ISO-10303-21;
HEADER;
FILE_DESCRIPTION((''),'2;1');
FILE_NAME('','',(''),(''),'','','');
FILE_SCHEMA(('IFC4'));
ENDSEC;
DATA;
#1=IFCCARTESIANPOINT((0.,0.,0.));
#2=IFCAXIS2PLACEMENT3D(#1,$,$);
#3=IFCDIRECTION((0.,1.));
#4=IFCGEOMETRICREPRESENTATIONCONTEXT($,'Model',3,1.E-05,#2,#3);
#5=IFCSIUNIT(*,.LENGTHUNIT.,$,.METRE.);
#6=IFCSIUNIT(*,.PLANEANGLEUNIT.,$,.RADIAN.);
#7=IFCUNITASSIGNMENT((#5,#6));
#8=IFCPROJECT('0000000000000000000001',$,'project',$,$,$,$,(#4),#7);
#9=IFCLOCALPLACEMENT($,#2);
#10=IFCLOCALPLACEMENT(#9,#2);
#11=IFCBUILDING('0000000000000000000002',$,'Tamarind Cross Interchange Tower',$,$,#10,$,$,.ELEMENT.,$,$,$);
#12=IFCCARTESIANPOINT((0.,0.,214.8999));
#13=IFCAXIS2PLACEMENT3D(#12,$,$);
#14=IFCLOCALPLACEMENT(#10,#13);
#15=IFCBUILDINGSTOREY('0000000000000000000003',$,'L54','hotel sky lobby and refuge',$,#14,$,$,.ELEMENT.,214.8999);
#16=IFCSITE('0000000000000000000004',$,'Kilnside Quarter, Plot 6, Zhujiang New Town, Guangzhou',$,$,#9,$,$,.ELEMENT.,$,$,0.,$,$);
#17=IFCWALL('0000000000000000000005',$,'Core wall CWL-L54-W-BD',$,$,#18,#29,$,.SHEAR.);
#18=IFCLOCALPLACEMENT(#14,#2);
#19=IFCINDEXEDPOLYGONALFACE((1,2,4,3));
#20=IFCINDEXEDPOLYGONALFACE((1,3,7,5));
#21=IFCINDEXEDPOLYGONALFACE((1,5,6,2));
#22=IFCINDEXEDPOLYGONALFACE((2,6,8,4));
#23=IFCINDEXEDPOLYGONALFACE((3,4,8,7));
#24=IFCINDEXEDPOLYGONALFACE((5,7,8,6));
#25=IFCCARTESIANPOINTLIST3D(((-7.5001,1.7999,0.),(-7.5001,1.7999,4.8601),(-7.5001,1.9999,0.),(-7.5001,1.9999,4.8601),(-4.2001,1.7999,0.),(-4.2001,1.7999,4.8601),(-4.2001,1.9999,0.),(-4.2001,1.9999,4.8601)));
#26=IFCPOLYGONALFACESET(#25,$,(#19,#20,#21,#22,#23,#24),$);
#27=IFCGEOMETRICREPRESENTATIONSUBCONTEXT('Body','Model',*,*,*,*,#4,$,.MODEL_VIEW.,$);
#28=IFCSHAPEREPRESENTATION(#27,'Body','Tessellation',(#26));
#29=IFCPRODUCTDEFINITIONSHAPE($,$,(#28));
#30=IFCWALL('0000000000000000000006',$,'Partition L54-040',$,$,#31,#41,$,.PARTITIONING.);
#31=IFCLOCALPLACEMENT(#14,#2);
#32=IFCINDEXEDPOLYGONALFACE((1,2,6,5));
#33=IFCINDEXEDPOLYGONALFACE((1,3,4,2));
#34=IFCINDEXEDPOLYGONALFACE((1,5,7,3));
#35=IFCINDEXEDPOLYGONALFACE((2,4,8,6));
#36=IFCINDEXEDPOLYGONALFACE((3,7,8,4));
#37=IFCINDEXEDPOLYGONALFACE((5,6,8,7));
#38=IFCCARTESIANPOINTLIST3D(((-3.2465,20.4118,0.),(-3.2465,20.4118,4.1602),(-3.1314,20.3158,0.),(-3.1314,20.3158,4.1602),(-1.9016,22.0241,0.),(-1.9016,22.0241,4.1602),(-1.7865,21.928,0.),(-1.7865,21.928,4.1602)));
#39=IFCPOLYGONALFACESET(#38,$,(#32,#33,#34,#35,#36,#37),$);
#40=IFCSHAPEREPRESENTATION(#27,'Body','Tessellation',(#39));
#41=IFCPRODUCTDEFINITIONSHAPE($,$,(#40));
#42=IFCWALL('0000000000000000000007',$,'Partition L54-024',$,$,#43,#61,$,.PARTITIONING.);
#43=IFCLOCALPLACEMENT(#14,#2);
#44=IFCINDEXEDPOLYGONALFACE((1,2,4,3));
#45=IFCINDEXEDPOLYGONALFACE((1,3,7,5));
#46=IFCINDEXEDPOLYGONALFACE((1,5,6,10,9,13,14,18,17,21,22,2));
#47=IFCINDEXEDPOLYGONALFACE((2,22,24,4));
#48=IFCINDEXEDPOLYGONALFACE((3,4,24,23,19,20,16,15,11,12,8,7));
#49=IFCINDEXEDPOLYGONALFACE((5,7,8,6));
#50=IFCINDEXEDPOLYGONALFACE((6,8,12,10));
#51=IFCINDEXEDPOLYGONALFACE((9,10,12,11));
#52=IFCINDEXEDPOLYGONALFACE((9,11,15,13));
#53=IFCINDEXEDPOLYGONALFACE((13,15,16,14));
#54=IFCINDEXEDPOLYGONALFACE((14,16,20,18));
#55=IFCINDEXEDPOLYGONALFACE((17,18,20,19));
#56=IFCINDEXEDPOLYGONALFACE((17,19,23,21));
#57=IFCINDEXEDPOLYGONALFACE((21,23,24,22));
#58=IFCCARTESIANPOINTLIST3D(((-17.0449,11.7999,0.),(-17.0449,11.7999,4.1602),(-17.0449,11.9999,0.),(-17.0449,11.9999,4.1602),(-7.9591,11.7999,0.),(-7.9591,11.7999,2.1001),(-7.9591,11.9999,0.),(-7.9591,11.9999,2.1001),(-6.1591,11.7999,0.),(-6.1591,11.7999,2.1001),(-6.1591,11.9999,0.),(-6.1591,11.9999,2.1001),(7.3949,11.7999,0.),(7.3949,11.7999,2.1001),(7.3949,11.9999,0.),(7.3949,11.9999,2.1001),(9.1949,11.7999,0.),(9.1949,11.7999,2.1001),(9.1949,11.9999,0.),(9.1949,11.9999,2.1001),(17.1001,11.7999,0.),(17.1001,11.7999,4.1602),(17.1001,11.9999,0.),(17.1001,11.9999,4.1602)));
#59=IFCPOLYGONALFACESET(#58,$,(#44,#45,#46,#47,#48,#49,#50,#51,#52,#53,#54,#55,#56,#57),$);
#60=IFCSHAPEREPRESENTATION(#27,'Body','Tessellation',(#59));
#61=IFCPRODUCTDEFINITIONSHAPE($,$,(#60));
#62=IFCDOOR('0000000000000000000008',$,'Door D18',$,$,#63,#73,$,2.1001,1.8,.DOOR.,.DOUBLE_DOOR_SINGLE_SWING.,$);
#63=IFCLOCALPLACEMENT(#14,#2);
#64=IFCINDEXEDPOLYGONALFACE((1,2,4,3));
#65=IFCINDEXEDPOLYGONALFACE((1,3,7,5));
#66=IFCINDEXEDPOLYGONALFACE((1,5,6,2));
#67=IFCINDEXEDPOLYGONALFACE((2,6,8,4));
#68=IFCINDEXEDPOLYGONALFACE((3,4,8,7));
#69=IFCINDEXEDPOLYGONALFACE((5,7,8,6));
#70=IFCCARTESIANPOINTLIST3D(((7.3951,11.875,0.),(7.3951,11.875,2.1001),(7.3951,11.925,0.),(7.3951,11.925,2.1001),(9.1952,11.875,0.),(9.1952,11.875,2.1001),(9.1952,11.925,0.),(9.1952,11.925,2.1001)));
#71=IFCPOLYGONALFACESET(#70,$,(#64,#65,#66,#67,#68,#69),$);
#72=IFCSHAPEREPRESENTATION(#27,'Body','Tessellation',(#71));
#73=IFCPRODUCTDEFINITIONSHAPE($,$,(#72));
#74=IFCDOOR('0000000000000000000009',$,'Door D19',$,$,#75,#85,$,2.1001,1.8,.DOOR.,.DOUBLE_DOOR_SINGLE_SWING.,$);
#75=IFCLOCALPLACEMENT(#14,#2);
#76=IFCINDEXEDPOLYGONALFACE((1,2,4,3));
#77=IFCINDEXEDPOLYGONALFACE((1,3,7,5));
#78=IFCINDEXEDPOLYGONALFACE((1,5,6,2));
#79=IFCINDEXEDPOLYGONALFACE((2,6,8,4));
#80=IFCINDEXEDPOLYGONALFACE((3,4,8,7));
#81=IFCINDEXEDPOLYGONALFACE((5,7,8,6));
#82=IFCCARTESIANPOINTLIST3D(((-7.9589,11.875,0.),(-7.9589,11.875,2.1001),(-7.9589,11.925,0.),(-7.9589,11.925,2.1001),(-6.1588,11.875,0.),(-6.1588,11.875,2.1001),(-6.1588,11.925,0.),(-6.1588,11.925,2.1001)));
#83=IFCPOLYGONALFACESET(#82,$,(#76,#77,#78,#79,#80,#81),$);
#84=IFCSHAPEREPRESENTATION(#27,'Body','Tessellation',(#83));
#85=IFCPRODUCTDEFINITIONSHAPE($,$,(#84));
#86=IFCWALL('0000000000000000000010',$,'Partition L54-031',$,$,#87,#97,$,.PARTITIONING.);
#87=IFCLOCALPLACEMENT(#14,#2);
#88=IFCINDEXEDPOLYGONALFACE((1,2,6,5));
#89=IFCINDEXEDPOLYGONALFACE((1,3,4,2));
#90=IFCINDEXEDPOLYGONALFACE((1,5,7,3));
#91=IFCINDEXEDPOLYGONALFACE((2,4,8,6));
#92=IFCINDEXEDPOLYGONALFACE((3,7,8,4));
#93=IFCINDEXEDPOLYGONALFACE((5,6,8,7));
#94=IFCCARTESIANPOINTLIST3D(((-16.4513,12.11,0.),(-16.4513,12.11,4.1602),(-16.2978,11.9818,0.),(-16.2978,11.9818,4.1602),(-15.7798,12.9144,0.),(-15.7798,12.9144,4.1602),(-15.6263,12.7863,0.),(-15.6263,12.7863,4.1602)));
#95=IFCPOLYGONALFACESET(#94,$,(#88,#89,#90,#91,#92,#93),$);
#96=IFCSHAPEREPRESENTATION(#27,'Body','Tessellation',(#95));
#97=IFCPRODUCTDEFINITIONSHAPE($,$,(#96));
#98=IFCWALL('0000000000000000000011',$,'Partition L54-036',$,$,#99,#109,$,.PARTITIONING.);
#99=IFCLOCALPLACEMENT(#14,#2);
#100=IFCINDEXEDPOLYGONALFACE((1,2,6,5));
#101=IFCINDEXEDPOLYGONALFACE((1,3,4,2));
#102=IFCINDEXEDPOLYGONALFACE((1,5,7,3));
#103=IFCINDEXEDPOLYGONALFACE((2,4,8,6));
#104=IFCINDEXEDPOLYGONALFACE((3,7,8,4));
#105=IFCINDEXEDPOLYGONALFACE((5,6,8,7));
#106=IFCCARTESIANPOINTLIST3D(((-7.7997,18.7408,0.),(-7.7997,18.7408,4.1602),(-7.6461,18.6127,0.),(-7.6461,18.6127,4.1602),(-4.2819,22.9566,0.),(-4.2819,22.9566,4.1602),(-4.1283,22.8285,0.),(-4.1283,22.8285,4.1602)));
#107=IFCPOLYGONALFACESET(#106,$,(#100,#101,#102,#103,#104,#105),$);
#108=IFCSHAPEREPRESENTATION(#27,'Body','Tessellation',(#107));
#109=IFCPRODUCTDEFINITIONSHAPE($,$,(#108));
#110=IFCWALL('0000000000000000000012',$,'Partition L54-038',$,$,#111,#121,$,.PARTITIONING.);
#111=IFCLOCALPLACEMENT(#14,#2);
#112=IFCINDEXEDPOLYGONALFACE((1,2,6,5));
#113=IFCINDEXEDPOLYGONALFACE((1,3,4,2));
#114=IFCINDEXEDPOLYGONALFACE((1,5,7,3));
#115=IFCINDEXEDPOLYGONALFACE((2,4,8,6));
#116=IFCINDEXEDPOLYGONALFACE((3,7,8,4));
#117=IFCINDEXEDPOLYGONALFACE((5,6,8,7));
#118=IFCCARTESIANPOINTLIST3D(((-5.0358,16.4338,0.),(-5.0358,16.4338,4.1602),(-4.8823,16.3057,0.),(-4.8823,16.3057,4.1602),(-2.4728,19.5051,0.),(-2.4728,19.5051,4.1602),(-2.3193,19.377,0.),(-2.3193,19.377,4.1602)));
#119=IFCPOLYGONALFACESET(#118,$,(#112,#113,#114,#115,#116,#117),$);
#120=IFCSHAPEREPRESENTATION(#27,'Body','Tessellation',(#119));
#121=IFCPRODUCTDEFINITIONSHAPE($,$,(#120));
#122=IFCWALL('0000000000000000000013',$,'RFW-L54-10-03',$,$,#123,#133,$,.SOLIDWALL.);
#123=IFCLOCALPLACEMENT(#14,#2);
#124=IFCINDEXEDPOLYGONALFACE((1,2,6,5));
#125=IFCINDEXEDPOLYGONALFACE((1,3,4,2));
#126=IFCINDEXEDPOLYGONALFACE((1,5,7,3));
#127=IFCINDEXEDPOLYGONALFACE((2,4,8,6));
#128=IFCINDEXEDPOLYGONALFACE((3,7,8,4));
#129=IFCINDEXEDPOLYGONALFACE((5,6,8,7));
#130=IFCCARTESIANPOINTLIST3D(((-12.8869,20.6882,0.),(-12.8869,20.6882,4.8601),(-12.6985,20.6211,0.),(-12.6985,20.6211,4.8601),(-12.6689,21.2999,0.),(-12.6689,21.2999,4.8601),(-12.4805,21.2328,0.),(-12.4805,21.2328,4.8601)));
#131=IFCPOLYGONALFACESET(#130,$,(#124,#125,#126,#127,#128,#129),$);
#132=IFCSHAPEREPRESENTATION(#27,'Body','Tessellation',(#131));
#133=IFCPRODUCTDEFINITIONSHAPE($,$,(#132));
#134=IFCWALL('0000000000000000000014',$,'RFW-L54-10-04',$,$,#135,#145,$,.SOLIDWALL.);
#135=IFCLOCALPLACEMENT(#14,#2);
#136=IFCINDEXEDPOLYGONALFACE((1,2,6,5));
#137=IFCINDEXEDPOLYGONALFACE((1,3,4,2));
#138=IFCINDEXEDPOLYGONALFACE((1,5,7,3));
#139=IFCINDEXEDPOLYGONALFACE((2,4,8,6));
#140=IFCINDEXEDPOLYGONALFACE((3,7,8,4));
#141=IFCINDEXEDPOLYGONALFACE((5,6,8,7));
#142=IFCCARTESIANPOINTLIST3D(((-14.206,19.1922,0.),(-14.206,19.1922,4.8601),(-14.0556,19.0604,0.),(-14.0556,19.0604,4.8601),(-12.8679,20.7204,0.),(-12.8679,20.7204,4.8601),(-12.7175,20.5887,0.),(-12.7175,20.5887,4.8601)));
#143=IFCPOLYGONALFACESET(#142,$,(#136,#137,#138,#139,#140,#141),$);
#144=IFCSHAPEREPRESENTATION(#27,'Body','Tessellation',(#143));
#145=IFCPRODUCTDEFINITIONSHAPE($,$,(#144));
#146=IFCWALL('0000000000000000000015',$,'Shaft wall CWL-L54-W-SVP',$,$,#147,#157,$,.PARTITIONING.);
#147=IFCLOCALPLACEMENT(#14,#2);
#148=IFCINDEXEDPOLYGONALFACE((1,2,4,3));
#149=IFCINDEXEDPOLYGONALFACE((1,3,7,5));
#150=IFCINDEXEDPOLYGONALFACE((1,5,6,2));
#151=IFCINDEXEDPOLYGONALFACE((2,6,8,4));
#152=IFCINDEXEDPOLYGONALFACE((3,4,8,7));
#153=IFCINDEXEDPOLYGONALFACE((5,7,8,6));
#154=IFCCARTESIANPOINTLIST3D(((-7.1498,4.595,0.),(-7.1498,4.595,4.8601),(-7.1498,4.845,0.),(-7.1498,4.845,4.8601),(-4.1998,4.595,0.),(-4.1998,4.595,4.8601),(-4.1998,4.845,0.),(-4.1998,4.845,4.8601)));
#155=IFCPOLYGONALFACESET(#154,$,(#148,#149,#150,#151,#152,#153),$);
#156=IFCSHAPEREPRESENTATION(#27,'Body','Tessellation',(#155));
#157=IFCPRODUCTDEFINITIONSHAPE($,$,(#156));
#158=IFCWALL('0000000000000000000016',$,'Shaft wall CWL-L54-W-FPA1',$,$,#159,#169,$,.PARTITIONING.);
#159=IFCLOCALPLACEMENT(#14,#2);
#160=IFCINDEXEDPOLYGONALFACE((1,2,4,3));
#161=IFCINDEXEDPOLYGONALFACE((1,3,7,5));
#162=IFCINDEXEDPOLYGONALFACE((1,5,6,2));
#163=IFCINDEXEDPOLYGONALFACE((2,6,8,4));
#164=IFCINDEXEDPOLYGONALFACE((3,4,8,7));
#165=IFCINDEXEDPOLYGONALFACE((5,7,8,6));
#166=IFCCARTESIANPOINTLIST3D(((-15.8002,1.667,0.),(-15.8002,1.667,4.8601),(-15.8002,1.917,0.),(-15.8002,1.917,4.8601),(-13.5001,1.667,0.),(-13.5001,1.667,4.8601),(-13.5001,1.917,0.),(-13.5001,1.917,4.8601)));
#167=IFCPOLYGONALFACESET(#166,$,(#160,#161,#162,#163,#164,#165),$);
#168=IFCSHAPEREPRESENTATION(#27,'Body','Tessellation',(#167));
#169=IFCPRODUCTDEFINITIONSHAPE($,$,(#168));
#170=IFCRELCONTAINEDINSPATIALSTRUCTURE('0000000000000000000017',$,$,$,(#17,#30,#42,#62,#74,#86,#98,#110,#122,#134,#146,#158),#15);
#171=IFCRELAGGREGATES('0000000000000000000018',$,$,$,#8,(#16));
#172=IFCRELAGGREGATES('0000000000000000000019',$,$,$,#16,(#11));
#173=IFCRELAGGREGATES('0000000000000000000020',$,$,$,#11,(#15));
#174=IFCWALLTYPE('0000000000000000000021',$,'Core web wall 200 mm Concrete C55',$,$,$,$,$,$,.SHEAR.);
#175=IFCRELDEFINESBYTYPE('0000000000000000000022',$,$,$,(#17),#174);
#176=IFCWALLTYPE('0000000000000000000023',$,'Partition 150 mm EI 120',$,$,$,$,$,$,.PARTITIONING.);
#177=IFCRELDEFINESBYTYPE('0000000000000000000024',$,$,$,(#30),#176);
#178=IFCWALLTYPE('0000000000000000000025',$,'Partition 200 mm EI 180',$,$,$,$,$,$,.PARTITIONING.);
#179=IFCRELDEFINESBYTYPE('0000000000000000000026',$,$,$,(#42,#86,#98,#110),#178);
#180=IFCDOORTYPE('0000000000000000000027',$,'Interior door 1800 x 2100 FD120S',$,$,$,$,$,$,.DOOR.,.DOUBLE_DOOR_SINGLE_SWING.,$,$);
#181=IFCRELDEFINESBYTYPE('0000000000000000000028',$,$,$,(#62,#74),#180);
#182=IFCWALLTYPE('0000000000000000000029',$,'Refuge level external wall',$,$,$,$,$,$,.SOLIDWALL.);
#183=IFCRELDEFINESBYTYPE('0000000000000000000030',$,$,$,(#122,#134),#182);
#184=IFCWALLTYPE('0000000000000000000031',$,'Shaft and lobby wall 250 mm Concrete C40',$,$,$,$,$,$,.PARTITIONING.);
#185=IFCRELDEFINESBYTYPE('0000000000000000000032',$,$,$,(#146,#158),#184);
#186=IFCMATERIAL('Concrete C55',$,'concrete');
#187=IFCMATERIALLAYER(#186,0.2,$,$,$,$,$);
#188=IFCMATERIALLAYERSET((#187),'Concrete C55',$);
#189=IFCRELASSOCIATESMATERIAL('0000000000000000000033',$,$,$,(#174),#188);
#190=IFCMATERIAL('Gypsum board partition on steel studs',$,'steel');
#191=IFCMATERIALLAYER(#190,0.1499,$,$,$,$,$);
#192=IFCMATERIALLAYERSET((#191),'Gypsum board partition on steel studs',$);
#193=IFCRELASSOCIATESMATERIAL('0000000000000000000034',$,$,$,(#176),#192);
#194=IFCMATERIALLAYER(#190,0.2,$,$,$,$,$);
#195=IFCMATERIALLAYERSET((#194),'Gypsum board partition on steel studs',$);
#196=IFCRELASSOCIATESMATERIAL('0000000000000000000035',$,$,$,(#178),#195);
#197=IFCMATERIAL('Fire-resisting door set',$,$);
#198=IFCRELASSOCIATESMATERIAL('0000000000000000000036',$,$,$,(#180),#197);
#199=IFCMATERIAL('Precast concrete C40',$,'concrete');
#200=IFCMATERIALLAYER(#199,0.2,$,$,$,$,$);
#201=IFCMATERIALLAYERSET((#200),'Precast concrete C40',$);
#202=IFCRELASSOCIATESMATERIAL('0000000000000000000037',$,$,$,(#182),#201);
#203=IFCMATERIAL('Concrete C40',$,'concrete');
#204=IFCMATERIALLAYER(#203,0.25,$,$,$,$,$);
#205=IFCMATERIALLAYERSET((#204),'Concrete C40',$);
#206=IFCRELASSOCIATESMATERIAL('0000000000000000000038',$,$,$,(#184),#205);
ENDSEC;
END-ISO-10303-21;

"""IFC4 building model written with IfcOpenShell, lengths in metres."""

from ifc_helpers import new_model, si_unit, direction, frame, frame_2d, origin, place, context, subcontext, project, spatial, rectangle, extrude, material, layer, layer_set, type_object, element, fill, save


model = new_model("IFC4")

# Units and contexts
model_context = context("Model", 3, precision=1e-05, world=origin(), true_north=direction((0.0, 1.0)))
body_context = subcontext(model_context, "Body", "Model", "MODEL_VIEW")
ifc_project = project(units=[si_unit("LENGTHUNIT", "METRE"), si_unit("PLANEANGLEUNIT", "RADIAN")], contexts=[model_context])

# Site, building, storey
site_placement = place(None, origin())
site = spatial("IfcSite", under=ifc_project, at=site_placement, Name="Kilnside Quarter, Plot 6, Zhujiang New Town, Guangzhou", CompositionType="ELEMENT", RefElevation=0.0)
building_placement = place(site_placement, origin())
building = spatial("IfcBuilding", under=site, at=building_placement, Name="Tamarind Cross Interchange Tower", CompositionType="ELEMENT")
storey_placement = place(building_placement, frame((0.0, 0.0, 214.8999)))
storey = spatial("IfcBuildingStorey", under=building, at=storey_placement, Name="L54", Description="hotel sky lobby and refuge", CompositionType="ELEMENT", Elevation=214.8999)

# Shared definitions
ifc_material_1 = material(Name="Concrete C55", Category="concrete")

# Walls
ifc_layer_1 = layer(ifc_material_1, 0.2)
ifc_layer_set_1 = layer_set([ifc_layer_1], Name="Concrete C55")
wall_type_1 = type_object("IfcWallType", Name="Core web wall 200 mm Concrete C55", PredefinedType="SHEAR", material=ifc_layer_set_1)
wall_1_placement = place(storey_placement, frame((-7.5, 1.8999, 0.0), z_axis=(0.0, 0.0, 1.0), x_axis=(1.0, 0.0, 0.0)))
element("IfcWall", 1, at=wall_1_placement, inside=storey, type_object=wall_type_1, Name="Core wall CWL-L54-W-BD", PredefinedType="SHEAR", context=body_context, shape_type="SweptSolid", body=[
    extrude(rectangle(XDim=3.3, YDim=0.2, at=frame_2d((1.6499, 0.0))), origin(), (0.0, 0.0, 1.0), 4.8601),
])
ifc_material_2 = material(Name="Gypsum board partition on steel studs", Category="steel")
ifc_layer_2 = layer(ifc_material_2, 0.1499)
ifc_layer_set_2 = layer_set([ifc_layer_2], Name="Gypsum board partition on steel studs")
wall_type_2 = type_object("IfcWallType", Name="Partition 150 mm EI 120", PredefinedType="PARTITIONING", material=ifc_layer_set_2)
wall_2_placement = place(storey_placement, frame((-3.189, 20.3638, 0.0), z_axis=(0.0, 0.0, 1.0), x_axis=(0.640573, 0.767897, 0.0)))
element("IfcWall", 2, at=wall_2_placement, inside=storey, type_object=wall_type_2, Name="Partition L54-040", PredefinedType="PARTITIONING", context=body_context, shape_type="SweptSolid", body=[
    extrude(rectangle(XDim=2.0996, YDim=0.1499, at=frame_2d((1.0498, 0.0))), origin(), (0.0, 0.0, 1.0), 4.1602),
])

# Wall, openings, doors
ifc_layer_3 = layer(ifc_material_2, 0.2)
ifc_layer_set_3 = layer_set([ifc_layer_3], Name="Gypsum board partition on steel studs")
wall_type_3 = type_object("IfcWallType", Name="Partition 200 mm EI 180", PredefinedType="PARTITIONING", material=ifc_layer_set_3)
wall_3_placement = place(storey_placement, frame((-17.0449, 11.8999, 0.0), z_axis=(0.0, 0.0, 1.0), x_axis=(1.0, 0.0, 0.0)))
wall_3 = element("IfcWall", 3, at=wall_3_placement, inside=storey, type_object=wall_type_3, Name="Partition L54-024", PredefinedType="PARTITIONING", context=body_context, shape_type="SweptSolid", body=[
    extrude(rectangle(XDim=34.145, YDim=0.2, at=frame_2d((17.0725, 0.0))), origin(), (0.0, 0.0, 1.0), 4.1602),
])
opening_1_placement = place(wall_3_placement, frame((24.4399, 0.0, 0.0)))
opening_1 = element("IfcOpeningElement", 4, at=opening_1_placement, cuts=wall_3, PredefinedType="OPENING", context=body_context, shape_type="SweptSolid", body=[
    extrude(rectangle(XDim=1.8, YDim=2.1001, at=frame_2d((0.8999, 1.05))), frame((0.0, 0.1099, 0.0), z_axis=(0.0, -1.0, 0.0), x_axis=(1.0, 0.0, 0.0)), (0.0, 0.0, 1.0), 0.22),
])
opening_2_placement = place(wall_3_placement, frame((9.0859, 0.0, 0.0)))
opening_2 = element("IfcOpeningElement", 5, at=opening_2_placement, cuts=wall_3, PredefinedType="OPENING", context=body_context, shape_type="SweptSolid", body=[
    extrude(rectangle(XDim=1.8, YDim=2.1001, at=frame_2d((0.8999, 1.05))), frame((0.0, 0.1099, 0.0), z_axis=(0.0, -1.0, 0.0), x_axis=(1.0, 0.0, 0.0)), (0.0, 0.0, 1.0), 0.22),
])
ifc_material_3 = material(Name="Fire-resisting door set")
door_type_1 = type_object("IfcDoorType", Name="Interior door 1800 x 2100 FD120S", OperationType="DOUBLE_DOOR_SINGLE_SWING", PredefinedType="DOOR", material=ifc_material_3)
door_1_placement = place(opening_1_placement, frame((1.8, 0.0, 0.0), z_axis=(0.0, 0.0, 1.0), x_axis=(-1.0, 0.0, 0.0)))
door_1 = element("IfcDoor", 6, at=door_1_placement, inside=storey, type_object=door_type_1, Name="Door D18", OperationType="DOUBLE_DOOR_SINGLE_SWING", OverallHeight=2.1001, OverallWidth=1.8, PredefinedType="DOOR", context=body_context, shape_type="SweptSolid", body=[
    extrude(rectangle(XDim=1.8, YDim=2.1001, at=frame_2d((0.8999, 1.05))), frame((0.0, 0.0249, 0.0), z_axis=(0.0, -1.0, 0.0), x_axis=(1.0, 0.0, 0.0)), (0.0, 0.0, 1.0), 0.05),
])
fill(opening_1, door_1)
door_2_placement = place(opening_2_placement, frame((1.8, 0.0, 0.0), z_axis=(0.0, 0.0, 1.0), x_axis=(-1.0, 0.0, 0.0)))
door_2 = element("IfcDoor", 7, at=door_2_placement, inside=storey, type_object=door_type_1, Name="Door D19", OperationType="DOUBLE_DOOR_SINGLE_SWING", OverallHeight=2.1001, OverallWidth=1.8, PredefinedType="DOOR", context=body_context, shape_type="SweptSolid", body=[
    extrude(rectangle(XDim=1.8, YDim=2.1001, at=frame_2d((0.8999, 1.05))), frame((0.0, 0.0249, 0.0), z_axis=(0.0, -1.0, 0.0), x_axis=(1.0, 0.0, 0.0)), (0.0, 0.0, 1.0), 0.05),
])
fill(opening_2, door_2)

# Walls
wall_4_placement = place(storey_placement, frame((-16.3745, 12.0459, 0.0), z_axis=(0.0, 0.0, 1.0), x_axis=(0.640757, 0.767744, 0.0)))
element("IfcWall", 8, at=wall_4_placement, inside=storey, type_object=wall_type_3, Name="Partition L54-031", PredefinedType="PARTITIONING", context=body_context, shape_type="SweptSolid", body=[
    extrude(rectangle(XDim=1.0479, YDim=0.2, at=frame_2d((0.5239, 0.0))), origin(), (0.0, 0.0, 1.0), 4.1602),
])
wall_5_placement = place(storey_placement, frame((-7.7229, 18.6768, 0.0), z_axis=(0.0, 0.0, 1.0), x_axis=(0.640683, 0.767806, 0.0)))
element("IfcWall", 9, at=wall_5_placement, inside=storey, type_object=wall_type_3, Name="Partition L54-036", PredefinedType="PARTITIONING", context=body_context, shape_type="SweptSolid", body=[
    extrude(rectangle(XDim=5.4907, YDim=0.2, at=frame_2d((2.7454, 0.0))), origin(), (0.0, 0.0, 1.0), 4.1602),
])
wall_6_placement = place(storey_placement, frame((-4.959, 16.3699, 0.0), z_axis=(0.0, 0.0, 1.0), x_axis=(0.640713, 0.767781, 0.0)))
element("IfcWall", 10, at=wall_6_placement, inside=storey, type_object=wall_type_3, Name="Partition L54-038", PredefinedType="PARTITIONING", context=body_context, shape_type="SweptSolid", body=[
    extrude(rectangle(XDim=4.0002, YDim=0.2, at=frame_2d((2.0, 0.0))), origin(), (0.0, 0.0, 1.0), 4.1602),
])
ifc_material_4 = material(Name="Precast concrete C40", Category="concrete")
ifc_layer_4 = layer(ifc_material_4, 0.2)
ifc_layer_set_4 = layer_set([ifc_layer_4], Name="Precast concrete C40")
wall_type_4 = type_object("IfcWallType", Name="Refuge level external wall", PredefinedType="SOLIDWALL", material=ifc_layer_set_4)
wall_7_placement = place(storey_placement, frame((-12.5747, 21.2664, 0.0), z_axis=(0.0, 0.0, 1.0), x_axis=(-0.33567, -0.94198, 0.0)))
element("IfcWall", 11, at=wall_7_placement, inside=storey, type_object=wall_type_4, Name="RFW-L54-10-03", PredefinedType="SOLIDWALL", context=body_context, shape_type="SweptSolid", body=[
    extrude(rectangle(XDim=0.6494, YDim=0.2, at=frame_2d((0.3247, 0.0))), origin(), (0.0, 0.0, 1.0), 4.8601),
])
wall_8_placement = place(storey_placement, frame((-12.7927, 20.6545, 0.0), z_axis=(0.0, 0.0, 1.0), x_axis=(-0.658743, -0.752368, 0.0)))
element("IfcWall", 12, at=wall_8_placement, inside=storey, type_object=wall_type_4, Name="RFW-L54-10-04", PredefinedType="SOLIDWALL", context=body_context, shape_type="SweptSolid", body=[
    extrude(rectangle(XDim=2.0312, YDim=0.2, at=frame_2d((1.0156, 0.0))), origin(), (0.0, 0.0, 1.0), 4.8601),
])
ifc_material_5 = material(Name="Concrete C40", Category="concrete")
ifc_layer_5 = layer(ifc_material_5, 0.25)
ifc_layer_set_5 = layer_set([ifc_layer_5], Name="Concrete C40")
wall_type_5 = type_object("IfcWallType", Name="Shaft and lobby wall 250 mm Concrete C40", PredefinedType="PARTITIONING", material=ifc_layer_set_5)
wall_9_placement = place(storey_placement, frame((-7.1499, 4.72, 0.0), z_axis=(0.0, 0.0, 1.0), x_axis=(1.0, 0.0, 0.0)))
element("IfcWall", 13, at=wall_9_placement, inside=storey, type_object=wall_type_5, Name="Shaft wall CWL-L54-W-SVP", PredefinedType="PARTITIONING", context=body_context, shape_type="SweptSolid", body=[
    extrude(rectangle(XDim=2.95, YDim=0.25, at=frame_2d((1.4751, 0.0))), origin(), (0.0, 0.0, 1.0), 4.8601),
])
wall_10_placement = place(storey_placement, frame((-15.8, 1.792, 0.0), z_axis=(0.0, 0.0, 1.0), x_axis=(1.0, 0.0, 0.0)))
element("IfcWall", 14, at=wall_10_placement, inside=storey, type_object=wall_type_5, Name="Shaft wall CWL-L54-W-FPA1", PredefinedType="PARTITIONING", context=body_context, shape_type="SweptSolid", body=[
    extrude(rectangle(XDim=2.3, YDim=0.25, at=frame_2d((1.1499, 0.0))), origin(), (0.0, 0.0, 1.0), 4.8601),
])

save(model, "model.ifc")
